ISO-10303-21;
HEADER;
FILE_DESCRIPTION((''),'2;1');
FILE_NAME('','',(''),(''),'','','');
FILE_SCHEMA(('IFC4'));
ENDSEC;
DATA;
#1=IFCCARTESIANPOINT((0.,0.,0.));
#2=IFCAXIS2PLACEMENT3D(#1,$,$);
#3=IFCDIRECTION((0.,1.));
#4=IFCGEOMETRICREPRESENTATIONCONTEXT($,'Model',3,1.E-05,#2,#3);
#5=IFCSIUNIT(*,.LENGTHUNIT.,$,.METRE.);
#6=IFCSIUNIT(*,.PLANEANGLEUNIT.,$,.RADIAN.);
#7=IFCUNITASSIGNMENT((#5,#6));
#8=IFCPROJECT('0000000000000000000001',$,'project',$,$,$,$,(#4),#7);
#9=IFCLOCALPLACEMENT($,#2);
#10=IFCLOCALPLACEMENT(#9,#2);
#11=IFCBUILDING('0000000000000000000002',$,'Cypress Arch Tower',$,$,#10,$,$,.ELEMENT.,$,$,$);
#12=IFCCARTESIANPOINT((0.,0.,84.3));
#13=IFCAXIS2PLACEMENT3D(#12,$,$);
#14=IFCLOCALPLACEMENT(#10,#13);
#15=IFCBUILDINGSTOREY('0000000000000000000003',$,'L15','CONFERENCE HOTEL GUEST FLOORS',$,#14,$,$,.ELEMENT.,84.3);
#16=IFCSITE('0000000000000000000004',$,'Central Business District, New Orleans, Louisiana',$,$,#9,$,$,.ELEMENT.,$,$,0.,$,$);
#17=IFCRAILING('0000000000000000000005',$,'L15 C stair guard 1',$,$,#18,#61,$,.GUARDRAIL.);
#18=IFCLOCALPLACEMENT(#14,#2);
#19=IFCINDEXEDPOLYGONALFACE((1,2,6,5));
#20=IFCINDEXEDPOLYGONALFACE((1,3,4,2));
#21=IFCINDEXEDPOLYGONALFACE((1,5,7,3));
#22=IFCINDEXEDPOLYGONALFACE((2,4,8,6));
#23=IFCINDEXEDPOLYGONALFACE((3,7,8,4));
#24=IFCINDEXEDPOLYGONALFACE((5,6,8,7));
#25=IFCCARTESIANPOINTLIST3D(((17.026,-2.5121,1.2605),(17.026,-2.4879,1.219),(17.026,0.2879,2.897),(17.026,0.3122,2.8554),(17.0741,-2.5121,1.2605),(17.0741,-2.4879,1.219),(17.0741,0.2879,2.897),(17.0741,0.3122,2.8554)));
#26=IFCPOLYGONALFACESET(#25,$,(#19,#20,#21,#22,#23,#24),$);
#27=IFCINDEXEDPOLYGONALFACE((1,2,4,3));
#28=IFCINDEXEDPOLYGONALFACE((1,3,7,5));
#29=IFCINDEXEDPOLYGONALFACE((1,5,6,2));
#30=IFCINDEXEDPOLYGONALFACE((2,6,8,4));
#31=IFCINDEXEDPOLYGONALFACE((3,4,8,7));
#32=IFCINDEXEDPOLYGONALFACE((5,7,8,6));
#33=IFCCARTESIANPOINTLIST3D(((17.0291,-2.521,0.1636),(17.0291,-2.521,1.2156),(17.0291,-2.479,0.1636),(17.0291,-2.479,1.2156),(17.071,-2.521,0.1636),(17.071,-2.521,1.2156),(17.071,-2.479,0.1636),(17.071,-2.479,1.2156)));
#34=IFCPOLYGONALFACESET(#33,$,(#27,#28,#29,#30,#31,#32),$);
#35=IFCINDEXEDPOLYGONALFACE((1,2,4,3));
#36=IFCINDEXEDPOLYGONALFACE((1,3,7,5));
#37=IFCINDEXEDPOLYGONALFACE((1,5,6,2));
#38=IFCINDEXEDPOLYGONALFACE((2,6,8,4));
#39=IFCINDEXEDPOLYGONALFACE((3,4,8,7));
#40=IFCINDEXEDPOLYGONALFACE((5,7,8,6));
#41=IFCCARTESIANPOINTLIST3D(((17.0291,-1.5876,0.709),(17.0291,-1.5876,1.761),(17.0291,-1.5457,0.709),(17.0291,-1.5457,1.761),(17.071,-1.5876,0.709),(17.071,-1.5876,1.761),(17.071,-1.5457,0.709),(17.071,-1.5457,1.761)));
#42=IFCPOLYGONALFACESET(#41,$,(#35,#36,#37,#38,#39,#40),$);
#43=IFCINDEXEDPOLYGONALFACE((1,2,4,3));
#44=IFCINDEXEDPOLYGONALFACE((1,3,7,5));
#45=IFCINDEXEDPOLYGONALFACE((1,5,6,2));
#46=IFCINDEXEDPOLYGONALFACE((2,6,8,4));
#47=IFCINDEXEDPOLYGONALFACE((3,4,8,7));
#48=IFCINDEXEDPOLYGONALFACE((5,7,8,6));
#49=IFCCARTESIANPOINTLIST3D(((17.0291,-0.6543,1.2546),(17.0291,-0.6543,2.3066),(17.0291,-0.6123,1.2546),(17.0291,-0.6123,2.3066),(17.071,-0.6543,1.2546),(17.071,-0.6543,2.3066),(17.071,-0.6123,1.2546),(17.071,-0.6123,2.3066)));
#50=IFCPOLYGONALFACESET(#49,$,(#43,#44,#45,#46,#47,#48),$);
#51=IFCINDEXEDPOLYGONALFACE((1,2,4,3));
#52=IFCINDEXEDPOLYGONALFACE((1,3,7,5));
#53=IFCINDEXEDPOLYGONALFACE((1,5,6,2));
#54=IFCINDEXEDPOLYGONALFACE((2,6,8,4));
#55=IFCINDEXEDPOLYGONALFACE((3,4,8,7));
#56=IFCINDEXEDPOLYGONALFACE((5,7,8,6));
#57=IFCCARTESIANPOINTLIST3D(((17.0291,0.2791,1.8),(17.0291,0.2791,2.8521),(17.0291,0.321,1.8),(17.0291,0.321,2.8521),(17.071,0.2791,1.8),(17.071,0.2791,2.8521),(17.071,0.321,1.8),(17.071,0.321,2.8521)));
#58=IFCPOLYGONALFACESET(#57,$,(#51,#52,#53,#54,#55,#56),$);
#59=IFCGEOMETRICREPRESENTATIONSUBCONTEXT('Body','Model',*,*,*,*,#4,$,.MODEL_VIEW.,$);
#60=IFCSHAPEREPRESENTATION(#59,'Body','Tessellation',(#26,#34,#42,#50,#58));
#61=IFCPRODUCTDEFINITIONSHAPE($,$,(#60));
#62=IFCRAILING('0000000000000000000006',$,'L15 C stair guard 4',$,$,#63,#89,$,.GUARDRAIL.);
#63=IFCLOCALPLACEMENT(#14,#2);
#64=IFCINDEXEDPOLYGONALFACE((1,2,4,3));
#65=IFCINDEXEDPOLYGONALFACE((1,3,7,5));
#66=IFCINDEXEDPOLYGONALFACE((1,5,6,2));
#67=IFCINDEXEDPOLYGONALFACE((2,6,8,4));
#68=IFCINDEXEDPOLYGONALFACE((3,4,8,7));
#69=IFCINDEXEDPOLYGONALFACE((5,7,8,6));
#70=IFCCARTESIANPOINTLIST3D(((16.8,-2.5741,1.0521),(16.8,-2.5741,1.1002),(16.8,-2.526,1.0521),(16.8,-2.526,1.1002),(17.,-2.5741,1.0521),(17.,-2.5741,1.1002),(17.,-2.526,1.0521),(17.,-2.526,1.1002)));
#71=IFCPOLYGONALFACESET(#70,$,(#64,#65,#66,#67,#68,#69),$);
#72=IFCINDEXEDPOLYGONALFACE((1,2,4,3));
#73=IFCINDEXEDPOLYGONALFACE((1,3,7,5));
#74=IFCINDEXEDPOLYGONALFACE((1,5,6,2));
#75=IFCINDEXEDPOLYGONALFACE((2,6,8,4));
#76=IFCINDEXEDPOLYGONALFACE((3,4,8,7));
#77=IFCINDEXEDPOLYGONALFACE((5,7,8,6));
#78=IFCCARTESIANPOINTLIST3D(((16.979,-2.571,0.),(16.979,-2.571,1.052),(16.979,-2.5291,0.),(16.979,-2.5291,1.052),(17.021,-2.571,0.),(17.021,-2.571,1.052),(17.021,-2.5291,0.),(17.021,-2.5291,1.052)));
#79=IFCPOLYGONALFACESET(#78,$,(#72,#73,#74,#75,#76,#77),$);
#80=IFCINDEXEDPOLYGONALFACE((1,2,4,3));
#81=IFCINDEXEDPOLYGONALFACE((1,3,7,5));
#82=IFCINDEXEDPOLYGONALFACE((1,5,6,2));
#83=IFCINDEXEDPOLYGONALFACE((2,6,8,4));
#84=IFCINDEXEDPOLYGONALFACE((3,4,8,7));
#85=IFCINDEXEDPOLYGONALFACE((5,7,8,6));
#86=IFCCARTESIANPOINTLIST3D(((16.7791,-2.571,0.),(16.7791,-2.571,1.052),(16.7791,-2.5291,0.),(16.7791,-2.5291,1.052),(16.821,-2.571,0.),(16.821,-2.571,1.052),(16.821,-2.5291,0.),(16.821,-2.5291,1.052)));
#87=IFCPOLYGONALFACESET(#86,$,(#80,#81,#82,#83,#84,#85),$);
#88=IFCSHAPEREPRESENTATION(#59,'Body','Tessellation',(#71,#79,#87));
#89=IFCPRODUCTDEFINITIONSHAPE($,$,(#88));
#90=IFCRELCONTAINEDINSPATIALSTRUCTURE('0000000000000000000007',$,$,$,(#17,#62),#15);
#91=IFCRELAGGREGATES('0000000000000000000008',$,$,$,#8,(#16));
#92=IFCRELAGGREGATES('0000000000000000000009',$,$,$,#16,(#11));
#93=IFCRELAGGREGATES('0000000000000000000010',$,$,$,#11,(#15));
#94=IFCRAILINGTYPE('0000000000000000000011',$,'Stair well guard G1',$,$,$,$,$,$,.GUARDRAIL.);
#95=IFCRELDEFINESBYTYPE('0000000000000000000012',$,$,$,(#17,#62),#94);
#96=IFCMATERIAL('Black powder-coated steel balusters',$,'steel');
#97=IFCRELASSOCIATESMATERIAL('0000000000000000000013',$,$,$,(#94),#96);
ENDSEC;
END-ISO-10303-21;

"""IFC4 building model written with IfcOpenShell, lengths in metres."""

from ifc_helpers import new_model, si_unit, direction, frame, origin, origin_2d, place, context, subcontext, project, spatial, rectangle, extrude, material, type_object, element, save


model = new_model("IFC4")

# Units and contexts
model_context = context("Model", 3, precision=1e-05, world=origin(), true_north=direction((0.0, 1.0)))
body_context = subcontext(model_context, "Body", "Model", "MODEL_VIEW")
ifc_project = project(units=[si_unit("LENGTHUNIT", "METRE"), si_unit("PLANEANGLEUNIT", "RADIAN")], contexts=[model_context])

# Site, building, storey
site_placement = place(None, origin())
site = spatial("IfcSite", under=ifc_project, at=site_placement, Name="Central Business District, New Orleans, Louisiana", CompositionType="ELEMENT", RefElevation=0.0)
building_placement = place(site_placement, origin())
building = spatial("IfcBuilding", under=site, at=building_placement, Name="Cypress Arch Tower", CompositionType="ELEMENT")
storey_placement = place(building_placement, frame((0.0, 0.0, 84.3)))
storey = spatial("IfcBuildingStorey", under=building, at=storey_placement, Name="L15", Description="CONFERENCE HOTEL GUEST FLOORS", CompositionType="ELEMENT", Elevation=84.3)

# Railings
ifc_material_1 = material(Name="Black powder-coated steel balusters", Category="steel")
railing_type_1 = type_object("IfcRailingType", Name="Stair well guard G1", PredefinedType="GUARDRAIL", material=ifc_material_1)
railing_1_placement = place(storey_placement, frame((17.05, -2.5, 0.1636)))
element("IfcRailing", 1, at=railing_1_placement, inside=storey, type_object=railing_type_1, Name="L15 C stair guard 1", PredefinedType="GUARDRAIL", context=body_context, shape_type="SweptSolid", body=[
    extrude(rectangle(XDim=0.0481, YDim=0.0481, at=origin_2d()), frame((0.0, 0.0, 1.0762), z_axis=(0.0, 0.863361, 0.504587), x_axis=(-1.0, 0.0, 0.0)), (0.0, 0.0, 1.0), 3.2432),
    extrude(rectangle(XDim=0.042, YDim=0.042, at=origin_2d()), origin(), (0.0, 0.0, 1.0), 1.052),
    extrude(rectangle(XDim=0.042, YDim=0.042, at=origin_2d()), frame((0.0, 0.9333, 0.5454)), (0.0, 0.0, 1.0), 1.052),
    extrude(rectangle(XDim=0.042, YDim=0.042, at=origin_2d()), frame((0.0, 1.8667, 1.0911)), (0.0, 0.0, 1.0), 1.052),
    extrude(rectangle(XDim=0.042, YDim=0.042, at=origin_2d()), frame((0.0, 2.8, 1.6365)), (0.0, 0.0, 1.0), 1.052),
])
railing_2_placement = place(storey_placement, frame((17.0, -2.55, 0.0)))
element("IfcRailing", 2, at=railing_2_placement, inside=storey, type_object=railing_type_1, Name="L15 C stair guard 4", PredefinedType="GUARDRAIL", context=body_context, shape_type="SweptSolid", body=[
    extrude(rectangle(XDim=0.0481, YDim=0.0481, at=origin_2d()), frame((0.0, 0.0, 1.0762), z_axis=(-1.0, 0.0, 0.0), x_axis=(0.0, -1.0, 0.0)), (0.0, 0.0, 1.0), 0.2),
    extrude(rectangle(XDim=0.042, YDim=0.042, at=origin_2d()), origin(), (0.0, 0.0, 1.0), 1.052),
    extrude(rectangle(XDim=0.042, YDim=0.042, at=origin_2d()), frame((-0.2, 0.0, 0.0)), (0.0, 0.0, 1.0), 1.052),
])

save(model, "model.ifc")
